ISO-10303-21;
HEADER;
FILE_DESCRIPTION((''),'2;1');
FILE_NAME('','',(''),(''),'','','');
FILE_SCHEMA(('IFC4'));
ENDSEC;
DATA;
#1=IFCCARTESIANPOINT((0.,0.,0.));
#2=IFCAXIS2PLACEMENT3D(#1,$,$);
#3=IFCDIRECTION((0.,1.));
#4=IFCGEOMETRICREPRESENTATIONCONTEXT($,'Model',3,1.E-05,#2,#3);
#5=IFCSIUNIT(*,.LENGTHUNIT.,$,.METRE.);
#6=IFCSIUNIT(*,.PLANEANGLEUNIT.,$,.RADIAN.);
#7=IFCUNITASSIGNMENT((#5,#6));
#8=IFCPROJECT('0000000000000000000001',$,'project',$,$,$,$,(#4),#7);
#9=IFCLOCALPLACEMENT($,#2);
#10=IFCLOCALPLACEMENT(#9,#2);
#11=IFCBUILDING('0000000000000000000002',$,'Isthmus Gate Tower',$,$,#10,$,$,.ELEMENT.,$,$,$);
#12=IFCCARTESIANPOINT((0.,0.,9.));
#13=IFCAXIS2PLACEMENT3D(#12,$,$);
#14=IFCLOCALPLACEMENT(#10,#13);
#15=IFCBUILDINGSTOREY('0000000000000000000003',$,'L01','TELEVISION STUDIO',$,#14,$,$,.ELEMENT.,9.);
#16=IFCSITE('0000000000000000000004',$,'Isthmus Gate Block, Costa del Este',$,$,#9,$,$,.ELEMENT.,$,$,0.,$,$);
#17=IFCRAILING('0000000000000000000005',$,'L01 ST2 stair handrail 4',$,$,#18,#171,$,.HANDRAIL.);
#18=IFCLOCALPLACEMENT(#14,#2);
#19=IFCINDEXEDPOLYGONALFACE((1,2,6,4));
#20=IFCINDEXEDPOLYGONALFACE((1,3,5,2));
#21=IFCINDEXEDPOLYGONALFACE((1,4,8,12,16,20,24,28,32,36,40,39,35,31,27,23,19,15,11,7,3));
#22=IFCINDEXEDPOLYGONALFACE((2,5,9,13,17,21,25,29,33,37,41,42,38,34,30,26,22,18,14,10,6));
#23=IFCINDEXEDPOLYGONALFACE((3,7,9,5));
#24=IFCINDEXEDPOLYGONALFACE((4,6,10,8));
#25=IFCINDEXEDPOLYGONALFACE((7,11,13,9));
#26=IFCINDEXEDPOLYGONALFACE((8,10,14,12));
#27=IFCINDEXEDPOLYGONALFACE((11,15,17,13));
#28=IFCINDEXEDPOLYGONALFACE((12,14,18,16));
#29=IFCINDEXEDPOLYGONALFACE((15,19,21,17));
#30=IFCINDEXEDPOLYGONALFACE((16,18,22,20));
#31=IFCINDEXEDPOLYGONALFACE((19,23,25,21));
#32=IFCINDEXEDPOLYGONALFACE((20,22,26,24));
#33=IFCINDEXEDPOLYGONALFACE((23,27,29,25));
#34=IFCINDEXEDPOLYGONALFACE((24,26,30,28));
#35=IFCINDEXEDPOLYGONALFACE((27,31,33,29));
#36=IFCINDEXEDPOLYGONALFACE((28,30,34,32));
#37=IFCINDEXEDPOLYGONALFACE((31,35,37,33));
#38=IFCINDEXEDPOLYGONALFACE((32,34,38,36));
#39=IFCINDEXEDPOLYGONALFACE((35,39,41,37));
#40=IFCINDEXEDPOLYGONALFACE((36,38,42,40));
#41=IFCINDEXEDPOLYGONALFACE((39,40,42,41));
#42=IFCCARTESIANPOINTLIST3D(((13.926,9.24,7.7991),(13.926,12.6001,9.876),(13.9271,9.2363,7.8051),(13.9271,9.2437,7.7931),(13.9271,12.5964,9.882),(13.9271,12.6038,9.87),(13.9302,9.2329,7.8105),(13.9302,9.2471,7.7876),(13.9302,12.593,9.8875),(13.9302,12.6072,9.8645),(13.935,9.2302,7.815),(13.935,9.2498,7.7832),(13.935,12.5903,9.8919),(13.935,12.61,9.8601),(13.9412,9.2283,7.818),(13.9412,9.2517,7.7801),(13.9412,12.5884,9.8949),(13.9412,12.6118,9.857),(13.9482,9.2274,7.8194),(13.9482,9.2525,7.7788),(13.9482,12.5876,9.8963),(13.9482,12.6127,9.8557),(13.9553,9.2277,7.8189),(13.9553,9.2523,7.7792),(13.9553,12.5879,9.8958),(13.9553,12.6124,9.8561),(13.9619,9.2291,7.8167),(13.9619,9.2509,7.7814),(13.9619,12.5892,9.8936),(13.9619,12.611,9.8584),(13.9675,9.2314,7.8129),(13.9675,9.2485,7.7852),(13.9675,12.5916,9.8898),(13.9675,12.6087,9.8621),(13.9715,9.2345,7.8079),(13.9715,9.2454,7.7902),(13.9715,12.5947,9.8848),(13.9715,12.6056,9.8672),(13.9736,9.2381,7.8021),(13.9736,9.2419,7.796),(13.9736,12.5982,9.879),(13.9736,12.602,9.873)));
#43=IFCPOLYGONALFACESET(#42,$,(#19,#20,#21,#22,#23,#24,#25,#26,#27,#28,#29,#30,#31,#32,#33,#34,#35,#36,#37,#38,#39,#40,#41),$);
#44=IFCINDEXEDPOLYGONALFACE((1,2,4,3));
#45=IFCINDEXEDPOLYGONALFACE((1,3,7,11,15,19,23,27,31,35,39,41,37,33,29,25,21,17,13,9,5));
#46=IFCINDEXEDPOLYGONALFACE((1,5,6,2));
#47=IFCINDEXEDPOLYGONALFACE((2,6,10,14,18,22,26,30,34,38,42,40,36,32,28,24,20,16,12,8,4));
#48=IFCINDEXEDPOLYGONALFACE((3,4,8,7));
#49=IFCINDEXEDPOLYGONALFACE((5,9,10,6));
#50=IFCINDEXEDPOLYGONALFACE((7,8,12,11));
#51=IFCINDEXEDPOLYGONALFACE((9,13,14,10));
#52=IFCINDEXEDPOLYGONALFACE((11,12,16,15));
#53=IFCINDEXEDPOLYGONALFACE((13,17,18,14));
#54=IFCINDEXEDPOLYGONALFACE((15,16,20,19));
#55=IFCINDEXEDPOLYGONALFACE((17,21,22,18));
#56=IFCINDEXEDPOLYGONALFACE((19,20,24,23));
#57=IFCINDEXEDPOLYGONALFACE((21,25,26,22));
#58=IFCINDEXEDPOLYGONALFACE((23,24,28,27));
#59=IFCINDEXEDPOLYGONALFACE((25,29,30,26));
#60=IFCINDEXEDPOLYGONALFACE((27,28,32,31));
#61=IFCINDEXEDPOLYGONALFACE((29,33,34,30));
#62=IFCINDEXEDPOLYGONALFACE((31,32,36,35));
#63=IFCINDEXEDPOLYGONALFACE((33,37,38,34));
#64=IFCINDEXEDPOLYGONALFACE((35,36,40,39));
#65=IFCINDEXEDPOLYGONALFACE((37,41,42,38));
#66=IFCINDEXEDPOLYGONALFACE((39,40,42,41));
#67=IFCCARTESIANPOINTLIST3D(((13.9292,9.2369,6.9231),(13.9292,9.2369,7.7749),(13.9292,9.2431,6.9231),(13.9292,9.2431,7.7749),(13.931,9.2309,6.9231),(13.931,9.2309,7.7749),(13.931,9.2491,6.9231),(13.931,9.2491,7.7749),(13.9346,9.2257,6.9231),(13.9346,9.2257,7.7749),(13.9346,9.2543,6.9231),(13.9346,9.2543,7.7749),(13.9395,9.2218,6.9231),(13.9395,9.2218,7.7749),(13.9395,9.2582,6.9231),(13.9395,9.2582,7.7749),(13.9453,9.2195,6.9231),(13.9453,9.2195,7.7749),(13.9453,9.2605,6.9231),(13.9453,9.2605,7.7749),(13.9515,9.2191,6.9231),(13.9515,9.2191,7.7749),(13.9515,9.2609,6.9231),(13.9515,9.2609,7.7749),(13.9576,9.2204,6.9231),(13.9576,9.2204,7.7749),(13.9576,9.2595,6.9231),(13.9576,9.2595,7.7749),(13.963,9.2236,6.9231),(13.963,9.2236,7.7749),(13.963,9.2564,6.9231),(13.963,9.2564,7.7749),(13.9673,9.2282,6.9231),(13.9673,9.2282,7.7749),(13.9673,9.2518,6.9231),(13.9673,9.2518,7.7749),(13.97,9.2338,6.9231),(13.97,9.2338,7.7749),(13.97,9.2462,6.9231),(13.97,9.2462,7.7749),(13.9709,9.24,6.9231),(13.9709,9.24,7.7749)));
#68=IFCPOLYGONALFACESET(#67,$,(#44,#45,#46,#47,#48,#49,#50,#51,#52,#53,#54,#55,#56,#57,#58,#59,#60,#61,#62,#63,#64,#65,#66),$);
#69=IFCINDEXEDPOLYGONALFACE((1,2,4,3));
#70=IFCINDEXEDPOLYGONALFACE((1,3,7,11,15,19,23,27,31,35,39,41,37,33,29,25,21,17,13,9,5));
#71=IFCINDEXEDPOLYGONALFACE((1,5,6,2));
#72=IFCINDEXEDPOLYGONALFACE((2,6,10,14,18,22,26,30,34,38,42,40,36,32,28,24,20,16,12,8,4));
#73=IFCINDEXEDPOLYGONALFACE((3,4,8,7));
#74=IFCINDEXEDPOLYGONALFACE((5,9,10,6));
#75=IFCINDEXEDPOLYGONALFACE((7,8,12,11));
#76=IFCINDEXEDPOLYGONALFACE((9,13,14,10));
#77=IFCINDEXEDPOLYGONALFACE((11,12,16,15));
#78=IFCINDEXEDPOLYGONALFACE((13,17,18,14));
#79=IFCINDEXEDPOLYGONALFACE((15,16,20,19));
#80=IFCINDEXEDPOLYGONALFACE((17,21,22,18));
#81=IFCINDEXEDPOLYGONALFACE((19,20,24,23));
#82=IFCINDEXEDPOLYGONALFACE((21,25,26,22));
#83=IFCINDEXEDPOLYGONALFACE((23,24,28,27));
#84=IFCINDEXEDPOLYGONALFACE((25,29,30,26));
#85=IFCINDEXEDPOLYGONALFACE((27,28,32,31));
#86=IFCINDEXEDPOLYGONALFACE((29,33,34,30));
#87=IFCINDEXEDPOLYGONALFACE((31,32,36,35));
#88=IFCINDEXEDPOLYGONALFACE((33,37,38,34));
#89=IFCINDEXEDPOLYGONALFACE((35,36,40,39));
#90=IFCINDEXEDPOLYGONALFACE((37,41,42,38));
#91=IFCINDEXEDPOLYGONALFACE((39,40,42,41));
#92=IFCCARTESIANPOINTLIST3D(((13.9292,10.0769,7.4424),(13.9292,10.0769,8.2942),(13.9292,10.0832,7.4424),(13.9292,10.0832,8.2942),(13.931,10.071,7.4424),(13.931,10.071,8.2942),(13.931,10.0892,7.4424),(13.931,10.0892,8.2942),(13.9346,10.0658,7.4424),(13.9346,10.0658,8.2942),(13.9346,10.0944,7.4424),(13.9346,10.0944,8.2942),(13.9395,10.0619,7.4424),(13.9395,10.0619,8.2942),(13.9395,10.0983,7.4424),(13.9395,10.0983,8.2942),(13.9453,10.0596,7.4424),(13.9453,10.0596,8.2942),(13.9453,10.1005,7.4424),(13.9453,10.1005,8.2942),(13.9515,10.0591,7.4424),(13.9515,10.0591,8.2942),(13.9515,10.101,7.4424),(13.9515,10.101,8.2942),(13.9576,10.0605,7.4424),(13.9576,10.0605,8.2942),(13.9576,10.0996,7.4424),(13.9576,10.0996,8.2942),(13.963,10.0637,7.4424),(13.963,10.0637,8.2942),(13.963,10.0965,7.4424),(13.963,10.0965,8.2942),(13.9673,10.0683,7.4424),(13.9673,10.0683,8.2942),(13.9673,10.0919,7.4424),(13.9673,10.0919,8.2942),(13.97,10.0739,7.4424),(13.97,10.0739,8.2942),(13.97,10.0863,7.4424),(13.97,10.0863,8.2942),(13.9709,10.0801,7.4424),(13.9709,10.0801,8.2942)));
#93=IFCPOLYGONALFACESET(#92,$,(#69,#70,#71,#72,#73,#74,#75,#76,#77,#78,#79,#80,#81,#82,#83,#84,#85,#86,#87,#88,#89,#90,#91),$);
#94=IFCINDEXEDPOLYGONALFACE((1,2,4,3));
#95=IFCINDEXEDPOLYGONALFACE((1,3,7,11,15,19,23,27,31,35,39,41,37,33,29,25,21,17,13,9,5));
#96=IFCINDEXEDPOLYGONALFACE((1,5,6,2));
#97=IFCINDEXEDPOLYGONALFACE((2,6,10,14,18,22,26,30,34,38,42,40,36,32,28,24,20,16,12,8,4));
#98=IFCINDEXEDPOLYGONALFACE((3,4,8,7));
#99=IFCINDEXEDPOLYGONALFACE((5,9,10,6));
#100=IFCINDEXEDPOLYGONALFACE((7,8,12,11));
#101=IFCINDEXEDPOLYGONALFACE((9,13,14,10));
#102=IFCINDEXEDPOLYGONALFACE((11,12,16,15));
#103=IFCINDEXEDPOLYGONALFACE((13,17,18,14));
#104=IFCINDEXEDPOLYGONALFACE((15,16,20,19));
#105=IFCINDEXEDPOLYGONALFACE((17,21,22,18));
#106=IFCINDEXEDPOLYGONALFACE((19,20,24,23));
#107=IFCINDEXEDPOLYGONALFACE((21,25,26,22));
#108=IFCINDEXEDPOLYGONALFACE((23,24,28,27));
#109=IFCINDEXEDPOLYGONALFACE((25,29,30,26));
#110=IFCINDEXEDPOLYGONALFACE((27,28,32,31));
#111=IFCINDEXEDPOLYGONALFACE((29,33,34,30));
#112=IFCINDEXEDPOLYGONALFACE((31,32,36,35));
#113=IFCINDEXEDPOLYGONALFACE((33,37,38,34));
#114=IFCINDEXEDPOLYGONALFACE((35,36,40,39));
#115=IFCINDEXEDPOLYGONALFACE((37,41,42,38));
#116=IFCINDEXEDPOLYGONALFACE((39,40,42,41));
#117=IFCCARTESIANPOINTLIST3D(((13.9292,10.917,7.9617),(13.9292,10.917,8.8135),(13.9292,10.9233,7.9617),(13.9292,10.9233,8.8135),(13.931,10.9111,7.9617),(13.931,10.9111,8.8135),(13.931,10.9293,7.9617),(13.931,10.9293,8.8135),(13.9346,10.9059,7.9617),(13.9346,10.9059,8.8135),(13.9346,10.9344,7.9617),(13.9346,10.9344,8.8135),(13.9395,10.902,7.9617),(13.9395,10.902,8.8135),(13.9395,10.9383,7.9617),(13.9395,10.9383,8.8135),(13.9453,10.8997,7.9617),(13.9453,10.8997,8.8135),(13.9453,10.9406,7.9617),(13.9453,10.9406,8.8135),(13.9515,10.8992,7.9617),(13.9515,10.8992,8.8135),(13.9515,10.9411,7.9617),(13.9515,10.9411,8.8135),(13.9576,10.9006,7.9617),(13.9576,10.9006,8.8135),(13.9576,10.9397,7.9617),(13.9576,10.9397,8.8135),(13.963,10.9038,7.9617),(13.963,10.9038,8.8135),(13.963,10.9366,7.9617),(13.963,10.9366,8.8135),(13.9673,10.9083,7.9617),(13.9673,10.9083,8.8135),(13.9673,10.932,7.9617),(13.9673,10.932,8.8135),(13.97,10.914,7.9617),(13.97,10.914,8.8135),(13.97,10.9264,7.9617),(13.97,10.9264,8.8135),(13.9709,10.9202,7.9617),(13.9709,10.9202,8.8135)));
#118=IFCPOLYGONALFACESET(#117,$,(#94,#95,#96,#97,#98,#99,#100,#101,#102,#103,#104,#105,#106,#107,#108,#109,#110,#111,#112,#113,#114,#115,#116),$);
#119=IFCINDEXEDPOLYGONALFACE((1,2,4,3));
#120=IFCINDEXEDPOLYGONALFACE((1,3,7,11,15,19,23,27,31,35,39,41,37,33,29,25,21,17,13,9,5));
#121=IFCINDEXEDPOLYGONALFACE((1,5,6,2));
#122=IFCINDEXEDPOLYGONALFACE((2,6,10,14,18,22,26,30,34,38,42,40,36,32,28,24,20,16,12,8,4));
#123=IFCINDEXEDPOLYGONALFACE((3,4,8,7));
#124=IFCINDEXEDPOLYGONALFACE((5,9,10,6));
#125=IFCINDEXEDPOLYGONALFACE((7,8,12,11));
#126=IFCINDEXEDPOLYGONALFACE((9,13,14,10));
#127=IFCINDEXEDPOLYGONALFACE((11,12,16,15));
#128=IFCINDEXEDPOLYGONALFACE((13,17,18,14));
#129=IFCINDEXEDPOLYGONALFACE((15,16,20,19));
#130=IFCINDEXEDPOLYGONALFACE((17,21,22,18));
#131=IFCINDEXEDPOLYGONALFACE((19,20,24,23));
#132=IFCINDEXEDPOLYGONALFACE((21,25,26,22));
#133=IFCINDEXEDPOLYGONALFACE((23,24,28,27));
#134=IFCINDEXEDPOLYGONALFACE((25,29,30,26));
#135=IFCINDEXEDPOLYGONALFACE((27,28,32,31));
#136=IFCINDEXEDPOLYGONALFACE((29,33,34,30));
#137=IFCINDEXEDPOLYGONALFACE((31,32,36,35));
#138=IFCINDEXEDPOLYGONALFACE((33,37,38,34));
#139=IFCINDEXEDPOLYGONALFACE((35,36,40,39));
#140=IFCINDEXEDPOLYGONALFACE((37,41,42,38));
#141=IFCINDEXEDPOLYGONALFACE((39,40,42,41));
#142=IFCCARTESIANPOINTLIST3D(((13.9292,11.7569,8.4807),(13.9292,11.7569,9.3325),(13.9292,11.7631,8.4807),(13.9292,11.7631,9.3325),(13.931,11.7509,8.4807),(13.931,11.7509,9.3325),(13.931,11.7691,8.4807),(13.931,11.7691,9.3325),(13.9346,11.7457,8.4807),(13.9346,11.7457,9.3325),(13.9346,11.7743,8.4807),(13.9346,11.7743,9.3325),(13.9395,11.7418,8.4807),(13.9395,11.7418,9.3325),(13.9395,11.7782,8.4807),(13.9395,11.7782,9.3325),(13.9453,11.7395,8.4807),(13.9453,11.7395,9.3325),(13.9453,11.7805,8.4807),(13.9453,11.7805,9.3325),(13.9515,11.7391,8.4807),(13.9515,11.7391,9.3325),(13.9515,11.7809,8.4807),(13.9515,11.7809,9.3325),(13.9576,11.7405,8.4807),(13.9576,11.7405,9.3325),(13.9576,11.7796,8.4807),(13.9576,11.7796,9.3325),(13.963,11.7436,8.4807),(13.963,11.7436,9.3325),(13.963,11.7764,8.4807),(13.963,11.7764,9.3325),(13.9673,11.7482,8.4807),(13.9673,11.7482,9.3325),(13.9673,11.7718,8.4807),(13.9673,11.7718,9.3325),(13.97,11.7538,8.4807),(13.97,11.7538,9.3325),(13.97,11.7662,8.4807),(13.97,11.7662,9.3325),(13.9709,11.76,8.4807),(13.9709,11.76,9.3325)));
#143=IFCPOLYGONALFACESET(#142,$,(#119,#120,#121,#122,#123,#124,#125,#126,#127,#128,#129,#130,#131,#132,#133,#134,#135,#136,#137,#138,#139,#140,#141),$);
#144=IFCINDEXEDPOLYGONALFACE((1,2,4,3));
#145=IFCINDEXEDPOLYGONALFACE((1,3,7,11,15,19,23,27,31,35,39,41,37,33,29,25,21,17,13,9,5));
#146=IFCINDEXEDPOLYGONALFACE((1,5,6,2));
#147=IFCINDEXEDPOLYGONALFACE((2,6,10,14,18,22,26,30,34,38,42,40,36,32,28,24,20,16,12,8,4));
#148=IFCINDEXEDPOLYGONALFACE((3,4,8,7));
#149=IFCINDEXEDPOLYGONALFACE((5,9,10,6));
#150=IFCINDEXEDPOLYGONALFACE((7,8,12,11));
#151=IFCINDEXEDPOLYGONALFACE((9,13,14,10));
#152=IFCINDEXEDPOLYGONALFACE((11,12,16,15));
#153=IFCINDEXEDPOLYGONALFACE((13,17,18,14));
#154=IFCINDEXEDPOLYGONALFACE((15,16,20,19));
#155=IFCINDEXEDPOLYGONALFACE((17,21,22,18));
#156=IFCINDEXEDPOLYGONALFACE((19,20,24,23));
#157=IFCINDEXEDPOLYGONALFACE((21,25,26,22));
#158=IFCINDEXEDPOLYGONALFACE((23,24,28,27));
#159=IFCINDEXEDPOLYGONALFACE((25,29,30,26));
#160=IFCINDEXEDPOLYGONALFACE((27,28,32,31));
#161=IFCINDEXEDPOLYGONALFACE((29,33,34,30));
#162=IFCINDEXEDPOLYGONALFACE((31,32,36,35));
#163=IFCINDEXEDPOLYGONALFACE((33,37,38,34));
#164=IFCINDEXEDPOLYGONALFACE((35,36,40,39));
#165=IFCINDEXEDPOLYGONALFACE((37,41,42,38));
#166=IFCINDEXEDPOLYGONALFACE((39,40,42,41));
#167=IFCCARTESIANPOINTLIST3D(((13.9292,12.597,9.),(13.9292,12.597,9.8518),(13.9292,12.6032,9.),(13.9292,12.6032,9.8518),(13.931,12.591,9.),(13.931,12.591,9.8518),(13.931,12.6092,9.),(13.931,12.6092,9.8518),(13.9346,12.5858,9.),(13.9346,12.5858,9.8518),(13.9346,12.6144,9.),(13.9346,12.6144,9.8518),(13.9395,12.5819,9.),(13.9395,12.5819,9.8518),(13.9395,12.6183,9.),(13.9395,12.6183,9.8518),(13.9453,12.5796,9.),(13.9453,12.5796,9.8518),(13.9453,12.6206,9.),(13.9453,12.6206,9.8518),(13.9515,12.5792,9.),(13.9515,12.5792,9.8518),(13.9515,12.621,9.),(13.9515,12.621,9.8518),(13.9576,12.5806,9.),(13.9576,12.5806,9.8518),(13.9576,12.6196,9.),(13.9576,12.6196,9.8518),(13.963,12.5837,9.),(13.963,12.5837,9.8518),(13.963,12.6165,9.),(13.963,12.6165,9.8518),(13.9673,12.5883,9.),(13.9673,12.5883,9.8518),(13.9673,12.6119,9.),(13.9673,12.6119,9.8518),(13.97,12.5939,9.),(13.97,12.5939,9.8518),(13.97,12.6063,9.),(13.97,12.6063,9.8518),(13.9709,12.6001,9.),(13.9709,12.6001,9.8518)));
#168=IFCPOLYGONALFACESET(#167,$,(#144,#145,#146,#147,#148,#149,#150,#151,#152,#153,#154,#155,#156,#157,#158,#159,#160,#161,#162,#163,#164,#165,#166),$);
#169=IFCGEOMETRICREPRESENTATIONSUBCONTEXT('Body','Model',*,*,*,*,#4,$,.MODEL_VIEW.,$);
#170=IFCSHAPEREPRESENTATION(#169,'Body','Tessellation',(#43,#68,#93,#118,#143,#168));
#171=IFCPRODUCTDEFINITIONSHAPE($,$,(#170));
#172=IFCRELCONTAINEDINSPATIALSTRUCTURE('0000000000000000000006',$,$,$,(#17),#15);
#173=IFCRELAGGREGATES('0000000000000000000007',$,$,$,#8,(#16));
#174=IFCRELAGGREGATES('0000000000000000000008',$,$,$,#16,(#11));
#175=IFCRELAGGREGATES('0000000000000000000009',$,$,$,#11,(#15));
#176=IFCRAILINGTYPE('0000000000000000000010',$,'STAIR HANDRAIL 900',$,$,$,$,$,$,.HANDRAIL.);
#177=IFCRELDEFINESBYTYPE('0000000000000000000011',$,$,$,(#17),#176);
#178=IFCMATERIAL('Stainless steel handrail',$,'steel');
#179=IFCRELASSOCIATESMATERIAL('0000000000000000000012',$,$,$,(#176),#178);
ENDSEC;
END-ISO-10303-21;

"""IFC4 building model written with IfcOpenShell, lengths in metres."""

from ifc_helpers import new_model, si_unit, direction, frame, origin, origin_2d, place, context, subcontext, project, spatial, circle, extrude, material, type_object, element, save


model = new_model("IFC4")

# Units and contexts
model_context = context("Model", 3, precision=1e-05, world=origin(), true_north=direction((0.0, 1.0)))
body_context = subcontext(model_context, "Body", "Model", "MODEL_VIEW")
ifc_project = project(units=[si_unit("LENGTHUNIT", "METRE"), si_unit("PLANEANGLEUNIT", "RADIAN")], contexts=[model_context])

# Site, building, storey
site_placement = place(None, origin())
site = spatial("IfcSite", under=ifc_project, at=site_placement, Name="Isthmus Gate Block, Costa del Este", CompositionType="ELEMENT", RefElevation=0.0)
building_placement = place(site_placement, origin())
building = spatial("IfcBuilding", under=site, at=building_placement, Name="Isthmus Gate Tower", CompositionType="ELEMENT")
storey_placement = place(building_placement, frame((0.0, 0.0, 9.0)))
storey = spatial("IfcBuildingStorey", under=building, at=storey_placement, Name="L01", Description="TELEVISION STUDIO", CompositionType="ELEMENT", Elevation=9.0)

# Railing
ifc_material_1 = material(Name="Stainless steel handrail", Category="steel")
railing_type_1 = type_object("IfcRailingType", Name="STAIR HANDRAIL 900", PredefinedType="HANDRAIL", material=ifc_material_1)
railing_1_placement = place(storey_placement, frame((13.95, 9.24, 6.9231)))
element("IfcRailing", 1, at=railing_1_placement, inside=storey, type_object=railing_type_1, Name="L01 ST2 stair handrail 4", PredefinedType="HANDRAIL", context=body_context, shape_type="SweptSolid", body=[
    extrude(circle(Radius=0.0239, at=origin_2d()), frame((0.0, 0.0, 0.876), z_axis=(0.0, 0.850623, 0.525776), x_axis=(-1.0, 0.0, 0.0)), (0.0, 0.0, 1.0), 3.9502),
    extrude(circle(Radius=0.021, at=origin_2d()), origin(), (0.0, 0.0, 1.0), 0.8518),
    extrude(circle(Radius=0.021, at=origin_2d()), frame((0.0, 0.8401, 0.5193)), (0.0, 0.0, 1.0), 0.8518),
    extrude(circle(Radius=0.021, at=origin_2d()), frame((0.0, 1.6802, 1.0386)), (0.0, 0.0, 1.0), 0.8518),
    extrude(circle(Radius=0.021, at=origin_2d()), frame((0.0, 2.52, 1.5576)), (0.0, 0.0, 1.0), 0.8518),
    extrude(circle(Radius=0.021, at=origin_2d()), frame((0.0, 3.3601, 2.0769)), (0.0, 0.0, 1.0), 0.8518),
])

save(model, "model.ifc")
